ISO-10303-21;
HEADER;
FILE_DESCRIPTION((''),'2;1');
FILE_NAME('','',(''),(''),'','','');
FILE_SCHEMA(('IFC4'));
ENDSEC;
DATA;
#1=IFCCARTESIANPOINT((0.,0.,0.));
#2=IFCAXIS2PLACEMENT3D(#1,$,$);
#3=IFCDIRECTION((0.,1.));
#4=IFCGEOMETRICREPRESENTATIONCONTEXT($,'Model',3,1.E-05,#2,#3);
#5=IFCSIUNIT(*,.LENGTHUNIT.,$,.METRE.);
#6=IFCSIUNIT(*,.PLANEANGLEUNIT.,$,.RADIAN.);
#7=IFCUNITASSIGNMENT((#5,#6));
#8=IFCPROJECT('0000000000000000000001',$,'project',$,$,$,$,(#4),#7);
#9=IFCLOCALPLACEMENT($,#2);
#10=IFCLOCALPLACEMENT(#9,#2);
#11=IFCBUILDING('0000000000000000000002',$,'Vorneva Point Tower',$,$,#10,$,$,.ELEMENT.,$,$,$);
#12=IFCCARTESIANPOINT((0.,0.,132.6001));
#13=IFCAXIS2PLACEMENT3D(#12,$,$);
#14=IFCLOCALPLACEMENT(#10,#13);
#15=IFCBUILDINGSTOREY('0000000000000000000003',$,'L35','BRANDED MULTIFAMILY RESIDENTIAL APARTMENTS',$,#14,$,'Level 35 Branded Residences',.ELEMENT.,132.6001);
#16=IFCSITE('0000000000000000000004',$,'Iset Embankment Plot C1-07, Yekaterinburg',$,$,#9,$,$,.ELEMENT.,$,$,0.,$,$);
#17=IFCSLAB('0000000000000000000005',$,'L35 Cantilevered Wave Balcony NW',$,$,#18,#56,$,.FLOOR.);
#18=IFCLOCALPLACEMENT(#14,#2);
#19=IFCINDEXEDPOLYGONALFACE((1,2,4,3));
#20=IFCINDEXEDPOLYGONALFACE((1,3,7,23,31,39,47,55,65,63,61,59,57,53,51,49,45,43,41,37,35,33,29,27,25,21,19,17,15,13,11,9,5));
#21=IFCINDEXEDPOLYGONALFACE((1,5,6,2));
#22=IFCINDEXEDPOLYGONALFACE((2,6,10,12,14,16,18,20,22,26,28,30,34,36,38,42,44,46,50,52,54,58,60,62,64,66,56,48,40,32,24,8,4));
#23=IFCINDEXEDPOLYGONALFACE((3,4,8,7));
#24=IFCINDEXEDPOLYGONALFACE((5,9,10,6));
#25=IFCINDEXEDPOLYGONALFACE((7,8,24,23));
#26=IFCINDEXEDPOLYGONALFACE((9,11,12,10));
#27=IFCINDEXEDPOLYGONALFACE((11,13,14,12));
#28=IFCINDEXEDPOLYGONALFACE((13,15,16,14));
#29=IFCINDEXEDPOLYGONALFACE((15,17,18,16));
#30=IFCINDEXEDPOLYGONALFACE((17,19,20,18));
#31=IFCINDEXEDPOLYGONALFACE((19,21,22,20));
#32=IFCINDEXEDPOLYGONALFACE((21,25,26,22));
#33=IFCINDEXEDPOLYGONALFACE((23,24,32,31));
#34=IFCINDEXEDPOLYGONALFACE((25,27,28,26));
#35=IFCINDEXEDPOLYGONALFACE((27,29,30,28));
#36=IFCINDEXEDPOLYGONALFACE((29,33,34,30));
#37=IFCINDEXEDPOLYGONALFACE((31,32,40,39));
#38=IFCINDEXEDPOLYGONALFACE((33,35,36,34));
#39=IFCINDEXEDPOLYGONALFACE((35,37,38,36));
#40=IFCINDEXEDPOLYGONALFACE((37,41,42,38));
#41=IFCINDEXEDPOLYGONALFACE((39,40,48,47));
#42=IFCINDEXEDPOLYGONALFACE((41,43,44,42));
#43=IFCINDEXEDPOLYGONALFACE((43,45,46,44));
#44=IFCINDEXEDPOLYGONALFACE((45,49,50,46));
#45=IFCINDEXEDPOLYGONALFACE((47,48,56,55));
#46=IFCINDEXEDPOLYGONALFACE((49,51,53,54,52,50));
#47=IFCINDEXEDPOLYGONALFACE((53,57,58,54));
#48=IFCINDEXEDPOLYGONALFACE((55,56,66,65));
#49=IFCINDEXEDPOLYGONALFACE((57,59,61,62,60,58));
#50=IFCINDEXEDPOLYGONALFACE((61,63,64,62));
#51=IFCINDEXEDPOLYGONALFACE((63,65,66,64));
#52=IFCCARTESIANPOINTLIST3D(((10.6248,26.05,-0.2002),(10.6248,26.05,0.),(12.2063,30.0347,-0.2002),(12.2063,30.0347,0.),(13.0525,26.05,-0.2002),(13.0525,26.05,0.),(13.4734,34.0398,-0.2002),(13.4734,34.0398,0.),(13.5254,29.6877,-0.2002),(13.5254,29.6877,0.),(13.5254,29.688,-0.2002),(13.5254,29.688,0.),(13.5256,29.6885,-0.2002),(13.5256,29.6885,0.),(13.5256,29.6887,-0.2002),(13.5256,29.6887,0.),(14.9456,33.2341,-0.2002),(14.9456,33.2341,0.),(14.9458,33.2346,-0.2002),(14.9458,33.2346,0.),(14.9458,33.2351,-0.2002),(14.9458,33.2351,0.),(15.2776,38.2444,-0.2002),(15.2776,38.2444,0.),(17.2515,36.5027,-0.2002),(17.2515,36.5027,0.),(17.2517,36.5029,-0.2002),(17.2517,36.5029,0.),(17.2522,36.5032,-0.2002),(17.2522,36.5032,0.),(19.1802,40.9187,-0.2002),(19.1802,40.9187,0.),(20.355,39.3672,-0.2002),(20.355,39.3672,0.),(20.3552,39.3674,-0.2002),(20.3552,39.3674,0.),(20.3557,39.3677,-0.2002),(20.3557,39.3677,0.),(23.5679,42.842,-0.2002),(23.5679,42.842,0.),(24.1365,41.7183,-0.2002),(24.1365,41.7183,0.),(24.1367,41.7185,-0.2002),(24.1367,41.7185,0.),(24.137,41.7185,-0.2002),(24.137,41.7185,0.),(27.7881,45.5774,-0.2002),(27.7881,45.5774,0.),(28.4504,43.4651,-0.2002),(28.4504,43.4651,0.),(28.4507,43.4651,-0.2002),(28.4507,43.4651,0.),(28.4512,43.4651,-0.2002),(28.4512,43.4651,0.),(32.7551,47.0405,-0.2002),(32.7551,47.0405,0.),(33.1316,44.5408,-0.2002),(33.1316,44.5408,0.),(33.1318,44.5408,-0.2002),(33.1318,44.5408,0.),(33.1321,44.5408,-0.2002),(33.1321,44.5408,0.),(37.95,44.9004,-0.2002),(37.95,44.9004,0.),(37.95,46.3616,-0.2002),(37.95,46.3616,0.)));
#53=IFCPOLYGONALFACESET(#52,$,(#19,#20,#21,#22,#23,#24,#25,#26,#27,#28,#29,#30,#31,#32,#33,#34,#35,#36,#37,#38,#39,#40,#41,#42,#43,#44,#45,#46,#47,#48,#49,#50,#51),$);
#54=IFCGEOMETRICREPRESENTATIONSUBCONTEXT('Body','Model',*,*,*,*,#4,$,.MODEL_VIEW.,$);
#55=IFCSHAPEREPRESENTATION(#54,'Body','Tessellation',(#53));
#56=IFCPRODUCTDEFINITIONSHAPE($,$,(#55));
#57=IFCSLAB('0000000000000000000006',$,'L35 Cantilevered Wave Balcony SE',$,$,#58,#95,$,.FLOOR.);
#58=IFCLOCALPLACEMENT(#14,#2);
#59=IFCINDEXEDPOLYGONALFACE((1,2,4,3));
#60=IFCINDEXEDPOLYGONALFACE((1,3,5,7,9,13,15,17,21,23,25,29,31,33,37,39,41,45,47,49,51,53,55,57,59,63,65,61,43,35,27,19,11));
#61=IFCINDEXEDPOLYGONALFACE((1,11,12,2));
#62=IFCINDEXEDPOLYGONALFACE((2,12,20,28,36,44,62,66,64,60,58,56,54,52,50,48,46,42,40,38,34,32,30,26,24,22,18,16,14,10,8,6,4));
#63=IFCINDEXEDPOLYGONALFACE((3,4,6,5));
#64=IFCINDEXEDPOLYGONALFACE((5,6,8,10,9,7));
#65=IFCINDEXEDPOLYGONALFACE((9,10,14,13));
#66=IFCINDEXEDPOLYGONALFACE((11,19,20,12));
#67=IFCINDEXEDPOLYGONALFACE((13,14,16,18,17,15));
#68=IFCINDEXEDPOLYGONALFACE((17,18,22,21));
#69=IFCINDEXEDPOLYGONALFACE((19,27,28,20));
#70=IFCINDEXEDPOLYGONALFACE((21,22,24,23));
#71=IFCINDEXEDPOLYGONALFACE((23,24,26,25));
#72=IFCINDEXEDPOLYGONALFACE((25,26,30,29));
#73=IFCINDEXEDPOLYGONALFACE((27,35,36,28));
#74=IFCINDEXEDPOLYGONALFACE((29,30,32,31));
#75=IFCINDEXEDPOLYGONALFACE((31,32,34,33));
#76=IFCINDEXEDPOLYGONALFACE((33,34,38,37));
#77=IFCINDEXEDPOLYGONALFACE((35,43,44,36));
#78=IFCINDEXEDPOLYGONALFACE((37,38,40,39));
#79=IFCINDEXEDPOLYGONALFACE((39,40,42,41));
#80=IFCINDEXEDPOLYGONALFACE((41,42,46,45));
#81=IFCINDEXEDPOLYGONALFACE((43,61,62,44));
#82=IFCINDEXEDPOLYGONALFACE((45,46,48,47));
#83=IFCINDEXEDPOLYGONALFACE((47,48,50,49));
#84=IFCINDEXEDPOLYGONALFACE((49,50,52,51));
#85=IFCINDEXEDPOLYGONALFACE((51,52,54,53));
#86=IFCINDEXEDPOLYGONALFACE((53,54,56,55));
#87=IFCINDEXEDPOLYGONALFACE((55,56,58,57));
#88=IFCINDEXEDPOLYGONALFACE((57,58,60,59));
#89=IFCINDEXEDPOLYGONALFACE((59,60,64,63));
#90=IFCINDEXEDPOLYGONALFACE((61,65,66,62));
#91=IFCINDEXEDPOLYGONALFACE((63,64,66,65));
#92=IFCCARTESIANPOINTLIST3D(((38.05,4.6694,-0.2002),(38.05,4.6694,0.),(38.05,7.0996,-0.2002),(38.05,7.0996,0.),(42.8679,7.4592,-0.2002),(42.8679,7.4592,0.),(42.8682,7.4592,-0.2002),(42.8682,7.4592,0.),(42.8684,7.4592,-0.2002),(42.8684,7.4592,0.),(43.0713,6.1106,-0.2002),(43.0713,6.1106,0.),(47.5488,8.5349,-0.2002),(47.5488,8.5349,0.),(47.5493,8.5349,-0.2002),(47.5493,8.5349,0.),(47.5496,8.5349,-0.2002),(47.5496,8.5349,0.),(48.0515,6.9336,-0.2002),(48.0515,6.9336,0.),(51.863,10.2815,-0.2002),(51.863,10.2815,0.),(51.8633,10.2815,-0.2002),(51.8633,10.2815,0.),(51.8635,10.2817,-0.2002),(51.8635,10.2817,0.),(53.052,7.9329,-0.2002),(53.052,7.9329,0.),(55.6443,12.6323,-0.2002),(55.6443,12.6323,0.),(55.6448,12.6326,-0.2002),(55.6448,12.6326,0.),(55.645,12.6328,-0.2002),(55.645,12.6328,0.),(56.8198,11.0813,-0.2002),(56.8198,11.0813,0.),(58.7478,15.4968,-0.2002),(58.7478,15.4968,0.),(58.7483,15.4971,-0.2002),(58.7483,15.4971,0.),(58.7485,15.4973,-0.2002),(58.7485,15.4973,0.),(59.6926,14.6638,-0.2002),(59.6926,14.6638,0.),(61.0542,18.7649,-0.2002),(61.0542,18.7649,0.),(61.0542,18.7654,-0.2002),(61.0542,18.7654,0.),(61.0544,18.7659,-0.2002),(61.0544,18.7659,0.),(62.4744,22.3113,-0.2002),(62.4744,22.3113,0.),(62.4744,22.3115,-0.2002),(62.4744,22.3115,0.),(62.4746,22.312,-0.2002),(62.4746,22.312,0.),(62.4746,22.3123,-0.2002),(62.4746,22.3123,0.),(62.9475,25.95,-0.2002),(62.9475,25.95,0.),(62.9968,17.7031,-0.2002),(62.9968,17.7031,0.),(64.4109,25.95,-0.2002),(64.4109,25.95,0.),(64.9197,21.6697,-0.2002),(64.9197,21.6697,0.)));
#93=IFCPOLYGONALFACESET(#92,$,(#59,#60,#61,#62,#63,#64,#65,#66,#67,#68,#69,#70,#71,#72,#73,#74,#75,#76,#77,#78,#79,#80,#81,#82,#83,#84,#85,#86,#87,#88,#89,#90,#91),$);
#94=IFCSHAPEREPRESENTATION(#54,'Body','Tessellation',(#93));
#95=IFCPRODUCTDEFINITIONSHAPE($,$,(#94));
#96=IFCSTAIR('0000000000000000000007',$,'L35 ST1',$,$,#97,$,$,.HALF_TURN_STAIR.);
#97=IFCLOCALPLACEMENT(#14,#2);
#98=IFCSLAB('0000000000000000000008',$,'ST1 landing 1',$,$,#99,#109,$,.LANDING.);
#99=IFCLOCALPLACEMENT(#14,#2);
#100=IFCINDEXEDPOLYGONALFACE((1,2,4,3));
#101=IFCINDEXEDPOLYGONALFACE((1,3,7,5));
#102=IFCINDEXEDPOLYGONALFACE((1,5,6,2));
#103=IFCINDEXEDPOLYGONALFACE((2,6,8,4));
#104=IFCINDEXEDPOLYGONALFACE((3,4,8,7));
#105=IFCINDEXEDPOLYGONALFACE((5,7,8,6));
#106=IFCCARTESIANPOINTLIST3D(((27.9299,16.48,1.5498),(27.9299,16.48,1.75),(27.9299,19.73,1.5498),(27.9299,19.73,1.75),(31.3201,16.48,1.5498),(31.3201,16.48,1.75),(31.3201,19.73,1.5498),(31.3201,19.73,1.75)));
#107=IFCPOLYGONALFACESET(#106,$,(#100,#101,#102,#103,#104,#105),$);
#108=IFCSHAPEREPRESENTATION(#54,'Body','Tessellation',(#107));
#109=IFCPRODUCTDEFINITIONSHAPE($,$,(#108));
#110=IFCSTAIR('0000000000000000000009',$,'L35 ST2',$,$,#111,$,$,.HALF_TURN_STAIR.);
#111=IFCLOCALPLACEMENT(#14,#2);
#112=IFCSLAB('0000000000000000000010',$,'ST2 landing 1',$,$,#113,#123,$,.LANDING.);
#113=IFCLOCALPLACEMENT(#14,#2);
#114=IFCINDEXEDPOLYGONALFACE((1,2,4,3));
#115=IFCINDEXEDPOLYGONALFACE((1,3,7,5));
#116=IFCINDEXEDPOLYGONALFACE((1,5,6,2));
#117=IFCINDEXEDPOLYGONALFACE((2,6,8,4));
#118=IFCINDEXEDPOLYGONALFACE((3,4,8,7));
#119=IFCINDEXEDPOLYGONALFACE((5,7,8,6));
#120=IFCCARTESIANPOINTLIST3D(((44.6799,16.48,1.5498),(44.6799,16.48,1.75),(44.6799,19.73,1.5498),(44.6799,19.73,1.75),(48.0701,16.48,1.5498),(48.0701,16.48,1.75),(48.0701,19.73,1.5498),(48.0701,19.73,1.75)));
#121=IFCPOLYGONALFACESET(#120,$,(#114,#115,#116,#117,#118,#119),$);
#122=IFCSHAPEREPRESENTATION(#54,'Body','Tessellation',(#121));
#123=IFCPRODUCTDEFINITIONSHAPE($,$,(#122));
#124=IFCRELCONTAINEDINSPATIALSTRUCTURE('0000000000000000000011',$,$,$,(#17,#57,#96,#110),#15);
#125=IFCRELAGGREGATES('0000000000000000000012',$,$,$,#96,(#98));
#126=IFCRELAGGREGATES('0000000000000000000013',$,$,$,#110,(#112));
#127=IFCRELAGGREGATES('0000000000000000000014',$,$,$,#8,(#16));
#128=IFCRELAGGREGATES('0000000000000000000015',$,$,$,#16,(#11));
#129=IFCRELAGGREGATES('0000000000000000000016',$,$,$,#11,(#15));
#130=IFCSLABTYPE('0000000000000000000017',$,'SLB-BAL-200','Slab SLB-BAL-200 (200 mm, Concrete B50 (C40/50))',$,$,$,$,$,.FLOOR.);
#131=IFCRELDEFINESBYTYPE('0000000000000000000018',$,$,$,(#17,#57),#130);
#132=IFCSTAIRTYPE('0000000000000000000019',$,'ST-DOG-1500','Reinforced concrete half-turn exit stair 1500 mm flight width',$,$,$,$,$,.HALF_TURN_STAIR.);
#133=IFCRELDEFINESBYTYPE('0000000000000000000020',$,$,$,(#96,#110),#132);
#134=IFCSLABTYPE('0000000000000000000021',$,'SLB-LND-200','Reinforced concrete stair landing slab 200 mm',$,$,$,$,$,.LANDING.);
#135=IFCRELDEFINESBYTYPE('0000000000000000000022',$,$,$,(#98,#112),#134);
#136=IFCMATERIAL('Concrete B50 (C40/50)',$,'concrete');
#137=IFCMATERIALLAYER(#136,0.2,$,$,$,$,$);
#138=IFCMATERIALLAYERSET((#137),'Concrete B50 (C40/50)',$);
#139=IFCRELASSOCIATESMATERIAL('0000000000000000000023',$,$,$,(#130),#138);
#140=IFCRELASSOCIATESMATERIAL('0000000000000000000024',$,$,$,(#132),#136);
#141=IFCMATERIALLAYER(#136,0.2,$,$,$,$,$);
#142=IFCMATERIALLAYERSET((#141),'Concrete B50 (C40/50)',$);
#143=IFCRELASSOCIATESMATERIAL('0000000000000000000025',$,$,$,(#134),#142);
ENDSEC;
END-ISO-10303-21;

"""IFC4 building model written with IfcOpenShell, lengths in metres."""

from ifc_helpers import new_model, si_unit, direction, frame, origin, place, context, subcontext, project, spatial, polyline, outline, extrude, material, layer, layer_set, type_object, element, aggregate, save


model = new_model("IFC4")

# Units and contexts
model_context = context("Model", 3, precision=1e-05, world=origin(), true_north=direction((0.0, 1.0)))
body_context = subcontext(model_context, "Body", "Model", "MODEL_VIEW")
ifc_project = project(units=[si_unit("LENGTHUNIT", "METRE"), si_unit("PLANEANGLEUNIT", "RADIAN")], contexts=[model_context])

# Site, building, storey
site_placement = place(None, origin())
site = spatial("IfcSite", under=ifc_project, at=site_placement, Name="Iset Embankment Plot C1-07, Yekaterinburg", CompositionType="ELEMENT", RefElevation=0.0)
building_placement = place(site_placement, origin())
building = spatial("IfcBuilding", under=site, at=building_placement, Name="Vorneva Point Tower", CompositionType="ELEMENT")
storey_placement = place(building_placement, frame((0.0, 0.0, 132.6001)))
storey = spatial("IfcBuildingStorey", under=building, at=storey_placement, Name="L35", Description="BRANDED MULTIFAMILY RESIDENTIAL APARTMENTS", LongName="Level 35 Branded Residences", CompositionType="ELEMENT", Elevation=132.6001)

# Slabs
ifc_material_1 = material(Name="Concrete B50 (C40/50)", Category="concrete")
ifc_layer_1 = layer(ifc_material_1, 0.2)
ifc_layer_set_1 = layer_set([ifc_layer_1], Name="Concrete B50 (C40/50)")
slab_type_1 = type_object("IfcSlabType", Name="SLB-BAL-200", Description="Slab SLB-BAL-200 (200 mm, Concrete B50 (C40/50))", PredefinedType="FLOOR", material=ifc_layer_set_1)
slab_1_placement = place(storey_placement, frame((0.0, 0.0, -0.2002)))
element("IfcSlab", 1, at=slab_1_placement, inside=storey, type_object=slab_type_1, Name="L35 Cantilevered Wave Balcony NW", PredefinedType="FLOOR", context=body_context, shape_type="SweptSolid", body=[
    extrude(outline(polyline([(10.6248, 26.05), (13.0525, 26.05), (13.5254, 29.6877), (13.5254, 29.688), (13.5256, 29.6885), (13.5256, 29.6887), (14.9456, 33.2341), (14.9458, 33.2346), (14.9458, 33.2351), (17.2515, 36.5027), (17.2517, 36.5029), (17.2522, 36.5032), (20.355, 39.3672), (20.3552, 39.3674), (20.3557, 39.3677), (24.1365, 41.7183), (24.1367, 41.7185), (24.137, 41.7185), (28.4504, 43.4651), (28.4507, 43.4651), (28.4512, 43.4651), (33.1316, 44.5408), (33.1318, 44.5408), (33.1321, 44.5408), (37.95, 44.9004), (37.95, 46.3616), (32.7551, 47.0405), (27.7881, 45.5774), (23.5679, 42.842), (19.1802, 40.9187), (15.2776, 38.2444), (13.4734, 34.0398), (12.2063, 30.0347), (10.6248, 26.05)])), origin(), (0.0, 0.0, 1.0), 0.2002),
])
slab_2_placement = place(storey_placement, frame((0.0, 0.0, -0.2002)))
element("IfcSlab", 2, at=slab_2_placement, inside=storey, type_object=slab_type_1, Name="L35 Cantilevered Wave Balcony SE", PredefinedType="FLOOR", context=body_context, shape_type="SweptSolid", body=[
    extrude(outline(polyline([(64.9197, 21.6697), (64.4109, 25.95), (62.9475, 25.95), (62.4746, 22.3123), (62.4746, 22.312), (62.4744, 22.3115), (62.4744, 22.3113), (61.0544, 18.7659), (61.0542, 18.7654), (61.0542, 18.7649), (58.7485, 15.4973), (58.7483, 15.4971), (58.7478, 15.4968), (55.645, 12.6328), (55.6448, 12.6326), (55.6443, 12.6323), (51.8635, 10.2817), (51.8633, 10.2815), (51.863, 10.2815), (47.5496, 8.5349), (47.5493, 8.5349), (47.5488, 8.5349), (42.8684, 7.4592), (42.8682, 7.4592), (42.8679, 7.4592), (38.05, 7.0996), (38.05, 4.6694), (43.0713, 6.1106), (48.0515, 6.9336), (53.052, 7.9329), (56.8198, 11.0813), (59.6926, 14.6638), (62.9968, 17.7031), (64.9197, 21.6697)])), origin(), (0.0, 0.0, 1.0), 0.2002),
])

# Stairs, slabs
stair_type = type_object("IfcStairType", Name="ST-DOG-1500", Description="Reinforced concrete half-turn exit stair 1500 mm flight width", PredefinedType="HALF_TURN_STAIR", material=ifc_material_1)
stair_1_placement = place(storey_placement, origin())
stair_1 = element("IfcStair", 3, at=stair_1_placement, inside=storey, type_object=stair_type, Name="L35 ST1", PredefinedType="HALF_TURN_STAIR")
ifc_layer_2 = layer(ifc_material_1, 0.2)
ifc_layer_set_2 = layer_set([ifc_layer_2], Name="Concrete B50 (C40/50)")
slab_type_2 = type_object("IfcSlabType", Name="SLB-LND-200", Description="Reinforced concrete stair landing slab 200 mm", PredefinedType="LANDING", material=ifc_layer_set_2)
slab_3_placement = place(storey_placement, frame((0.0, 0.0, 1.5498)))
slab_3 = element("IfcSlab", 4, at=slab_3_placement, type_object=slab_type_2, Name="ST1 landing 1", PredefinedType="LANDING", context=body_context, shape_type="SweptSolid", body=[
    extrude(outline(polyline([(27.9299, 16.48), (31.3201, 16.48), (31.3201, 19.73), (27.9299, 19.73), (27.9299, 16.48)])), origin(), (0.0, 0.0, 1.0), 0.2002),
])
aggregate(stair_1, [slab_3])
stair_2_placement = place(storey_placement, origin())
stair_2 = element("IfcStair", 5, at=stair_2_placement, inside=storey, type_object=stair_type, Name="L35 ST2", PredefinedType="HALF_TURN_STAIR")
slab_4_placement = place(storey_placement, frame((0.0, 0.0, 1.5498)))
slab_4 = element("IfcSlab", 6, at=slab_4_placement, type_object=slab_type_2, Name="ST2 landing 1", PredefinedType="LANDING", context=body_context, shape_type="SweptSolid", body=[
    extrude(outline(polyline([(44.6799, 16.48), (48.0701, 16.48), (48.0701, 19.73), (44.6799, 19.73), (44.6799, 16.48)])), origin(), (0.0, 0.0, 1.0), 0.2002),
])
aggregate(stair_2, [slab_4])

save(model, "model.ifc")
